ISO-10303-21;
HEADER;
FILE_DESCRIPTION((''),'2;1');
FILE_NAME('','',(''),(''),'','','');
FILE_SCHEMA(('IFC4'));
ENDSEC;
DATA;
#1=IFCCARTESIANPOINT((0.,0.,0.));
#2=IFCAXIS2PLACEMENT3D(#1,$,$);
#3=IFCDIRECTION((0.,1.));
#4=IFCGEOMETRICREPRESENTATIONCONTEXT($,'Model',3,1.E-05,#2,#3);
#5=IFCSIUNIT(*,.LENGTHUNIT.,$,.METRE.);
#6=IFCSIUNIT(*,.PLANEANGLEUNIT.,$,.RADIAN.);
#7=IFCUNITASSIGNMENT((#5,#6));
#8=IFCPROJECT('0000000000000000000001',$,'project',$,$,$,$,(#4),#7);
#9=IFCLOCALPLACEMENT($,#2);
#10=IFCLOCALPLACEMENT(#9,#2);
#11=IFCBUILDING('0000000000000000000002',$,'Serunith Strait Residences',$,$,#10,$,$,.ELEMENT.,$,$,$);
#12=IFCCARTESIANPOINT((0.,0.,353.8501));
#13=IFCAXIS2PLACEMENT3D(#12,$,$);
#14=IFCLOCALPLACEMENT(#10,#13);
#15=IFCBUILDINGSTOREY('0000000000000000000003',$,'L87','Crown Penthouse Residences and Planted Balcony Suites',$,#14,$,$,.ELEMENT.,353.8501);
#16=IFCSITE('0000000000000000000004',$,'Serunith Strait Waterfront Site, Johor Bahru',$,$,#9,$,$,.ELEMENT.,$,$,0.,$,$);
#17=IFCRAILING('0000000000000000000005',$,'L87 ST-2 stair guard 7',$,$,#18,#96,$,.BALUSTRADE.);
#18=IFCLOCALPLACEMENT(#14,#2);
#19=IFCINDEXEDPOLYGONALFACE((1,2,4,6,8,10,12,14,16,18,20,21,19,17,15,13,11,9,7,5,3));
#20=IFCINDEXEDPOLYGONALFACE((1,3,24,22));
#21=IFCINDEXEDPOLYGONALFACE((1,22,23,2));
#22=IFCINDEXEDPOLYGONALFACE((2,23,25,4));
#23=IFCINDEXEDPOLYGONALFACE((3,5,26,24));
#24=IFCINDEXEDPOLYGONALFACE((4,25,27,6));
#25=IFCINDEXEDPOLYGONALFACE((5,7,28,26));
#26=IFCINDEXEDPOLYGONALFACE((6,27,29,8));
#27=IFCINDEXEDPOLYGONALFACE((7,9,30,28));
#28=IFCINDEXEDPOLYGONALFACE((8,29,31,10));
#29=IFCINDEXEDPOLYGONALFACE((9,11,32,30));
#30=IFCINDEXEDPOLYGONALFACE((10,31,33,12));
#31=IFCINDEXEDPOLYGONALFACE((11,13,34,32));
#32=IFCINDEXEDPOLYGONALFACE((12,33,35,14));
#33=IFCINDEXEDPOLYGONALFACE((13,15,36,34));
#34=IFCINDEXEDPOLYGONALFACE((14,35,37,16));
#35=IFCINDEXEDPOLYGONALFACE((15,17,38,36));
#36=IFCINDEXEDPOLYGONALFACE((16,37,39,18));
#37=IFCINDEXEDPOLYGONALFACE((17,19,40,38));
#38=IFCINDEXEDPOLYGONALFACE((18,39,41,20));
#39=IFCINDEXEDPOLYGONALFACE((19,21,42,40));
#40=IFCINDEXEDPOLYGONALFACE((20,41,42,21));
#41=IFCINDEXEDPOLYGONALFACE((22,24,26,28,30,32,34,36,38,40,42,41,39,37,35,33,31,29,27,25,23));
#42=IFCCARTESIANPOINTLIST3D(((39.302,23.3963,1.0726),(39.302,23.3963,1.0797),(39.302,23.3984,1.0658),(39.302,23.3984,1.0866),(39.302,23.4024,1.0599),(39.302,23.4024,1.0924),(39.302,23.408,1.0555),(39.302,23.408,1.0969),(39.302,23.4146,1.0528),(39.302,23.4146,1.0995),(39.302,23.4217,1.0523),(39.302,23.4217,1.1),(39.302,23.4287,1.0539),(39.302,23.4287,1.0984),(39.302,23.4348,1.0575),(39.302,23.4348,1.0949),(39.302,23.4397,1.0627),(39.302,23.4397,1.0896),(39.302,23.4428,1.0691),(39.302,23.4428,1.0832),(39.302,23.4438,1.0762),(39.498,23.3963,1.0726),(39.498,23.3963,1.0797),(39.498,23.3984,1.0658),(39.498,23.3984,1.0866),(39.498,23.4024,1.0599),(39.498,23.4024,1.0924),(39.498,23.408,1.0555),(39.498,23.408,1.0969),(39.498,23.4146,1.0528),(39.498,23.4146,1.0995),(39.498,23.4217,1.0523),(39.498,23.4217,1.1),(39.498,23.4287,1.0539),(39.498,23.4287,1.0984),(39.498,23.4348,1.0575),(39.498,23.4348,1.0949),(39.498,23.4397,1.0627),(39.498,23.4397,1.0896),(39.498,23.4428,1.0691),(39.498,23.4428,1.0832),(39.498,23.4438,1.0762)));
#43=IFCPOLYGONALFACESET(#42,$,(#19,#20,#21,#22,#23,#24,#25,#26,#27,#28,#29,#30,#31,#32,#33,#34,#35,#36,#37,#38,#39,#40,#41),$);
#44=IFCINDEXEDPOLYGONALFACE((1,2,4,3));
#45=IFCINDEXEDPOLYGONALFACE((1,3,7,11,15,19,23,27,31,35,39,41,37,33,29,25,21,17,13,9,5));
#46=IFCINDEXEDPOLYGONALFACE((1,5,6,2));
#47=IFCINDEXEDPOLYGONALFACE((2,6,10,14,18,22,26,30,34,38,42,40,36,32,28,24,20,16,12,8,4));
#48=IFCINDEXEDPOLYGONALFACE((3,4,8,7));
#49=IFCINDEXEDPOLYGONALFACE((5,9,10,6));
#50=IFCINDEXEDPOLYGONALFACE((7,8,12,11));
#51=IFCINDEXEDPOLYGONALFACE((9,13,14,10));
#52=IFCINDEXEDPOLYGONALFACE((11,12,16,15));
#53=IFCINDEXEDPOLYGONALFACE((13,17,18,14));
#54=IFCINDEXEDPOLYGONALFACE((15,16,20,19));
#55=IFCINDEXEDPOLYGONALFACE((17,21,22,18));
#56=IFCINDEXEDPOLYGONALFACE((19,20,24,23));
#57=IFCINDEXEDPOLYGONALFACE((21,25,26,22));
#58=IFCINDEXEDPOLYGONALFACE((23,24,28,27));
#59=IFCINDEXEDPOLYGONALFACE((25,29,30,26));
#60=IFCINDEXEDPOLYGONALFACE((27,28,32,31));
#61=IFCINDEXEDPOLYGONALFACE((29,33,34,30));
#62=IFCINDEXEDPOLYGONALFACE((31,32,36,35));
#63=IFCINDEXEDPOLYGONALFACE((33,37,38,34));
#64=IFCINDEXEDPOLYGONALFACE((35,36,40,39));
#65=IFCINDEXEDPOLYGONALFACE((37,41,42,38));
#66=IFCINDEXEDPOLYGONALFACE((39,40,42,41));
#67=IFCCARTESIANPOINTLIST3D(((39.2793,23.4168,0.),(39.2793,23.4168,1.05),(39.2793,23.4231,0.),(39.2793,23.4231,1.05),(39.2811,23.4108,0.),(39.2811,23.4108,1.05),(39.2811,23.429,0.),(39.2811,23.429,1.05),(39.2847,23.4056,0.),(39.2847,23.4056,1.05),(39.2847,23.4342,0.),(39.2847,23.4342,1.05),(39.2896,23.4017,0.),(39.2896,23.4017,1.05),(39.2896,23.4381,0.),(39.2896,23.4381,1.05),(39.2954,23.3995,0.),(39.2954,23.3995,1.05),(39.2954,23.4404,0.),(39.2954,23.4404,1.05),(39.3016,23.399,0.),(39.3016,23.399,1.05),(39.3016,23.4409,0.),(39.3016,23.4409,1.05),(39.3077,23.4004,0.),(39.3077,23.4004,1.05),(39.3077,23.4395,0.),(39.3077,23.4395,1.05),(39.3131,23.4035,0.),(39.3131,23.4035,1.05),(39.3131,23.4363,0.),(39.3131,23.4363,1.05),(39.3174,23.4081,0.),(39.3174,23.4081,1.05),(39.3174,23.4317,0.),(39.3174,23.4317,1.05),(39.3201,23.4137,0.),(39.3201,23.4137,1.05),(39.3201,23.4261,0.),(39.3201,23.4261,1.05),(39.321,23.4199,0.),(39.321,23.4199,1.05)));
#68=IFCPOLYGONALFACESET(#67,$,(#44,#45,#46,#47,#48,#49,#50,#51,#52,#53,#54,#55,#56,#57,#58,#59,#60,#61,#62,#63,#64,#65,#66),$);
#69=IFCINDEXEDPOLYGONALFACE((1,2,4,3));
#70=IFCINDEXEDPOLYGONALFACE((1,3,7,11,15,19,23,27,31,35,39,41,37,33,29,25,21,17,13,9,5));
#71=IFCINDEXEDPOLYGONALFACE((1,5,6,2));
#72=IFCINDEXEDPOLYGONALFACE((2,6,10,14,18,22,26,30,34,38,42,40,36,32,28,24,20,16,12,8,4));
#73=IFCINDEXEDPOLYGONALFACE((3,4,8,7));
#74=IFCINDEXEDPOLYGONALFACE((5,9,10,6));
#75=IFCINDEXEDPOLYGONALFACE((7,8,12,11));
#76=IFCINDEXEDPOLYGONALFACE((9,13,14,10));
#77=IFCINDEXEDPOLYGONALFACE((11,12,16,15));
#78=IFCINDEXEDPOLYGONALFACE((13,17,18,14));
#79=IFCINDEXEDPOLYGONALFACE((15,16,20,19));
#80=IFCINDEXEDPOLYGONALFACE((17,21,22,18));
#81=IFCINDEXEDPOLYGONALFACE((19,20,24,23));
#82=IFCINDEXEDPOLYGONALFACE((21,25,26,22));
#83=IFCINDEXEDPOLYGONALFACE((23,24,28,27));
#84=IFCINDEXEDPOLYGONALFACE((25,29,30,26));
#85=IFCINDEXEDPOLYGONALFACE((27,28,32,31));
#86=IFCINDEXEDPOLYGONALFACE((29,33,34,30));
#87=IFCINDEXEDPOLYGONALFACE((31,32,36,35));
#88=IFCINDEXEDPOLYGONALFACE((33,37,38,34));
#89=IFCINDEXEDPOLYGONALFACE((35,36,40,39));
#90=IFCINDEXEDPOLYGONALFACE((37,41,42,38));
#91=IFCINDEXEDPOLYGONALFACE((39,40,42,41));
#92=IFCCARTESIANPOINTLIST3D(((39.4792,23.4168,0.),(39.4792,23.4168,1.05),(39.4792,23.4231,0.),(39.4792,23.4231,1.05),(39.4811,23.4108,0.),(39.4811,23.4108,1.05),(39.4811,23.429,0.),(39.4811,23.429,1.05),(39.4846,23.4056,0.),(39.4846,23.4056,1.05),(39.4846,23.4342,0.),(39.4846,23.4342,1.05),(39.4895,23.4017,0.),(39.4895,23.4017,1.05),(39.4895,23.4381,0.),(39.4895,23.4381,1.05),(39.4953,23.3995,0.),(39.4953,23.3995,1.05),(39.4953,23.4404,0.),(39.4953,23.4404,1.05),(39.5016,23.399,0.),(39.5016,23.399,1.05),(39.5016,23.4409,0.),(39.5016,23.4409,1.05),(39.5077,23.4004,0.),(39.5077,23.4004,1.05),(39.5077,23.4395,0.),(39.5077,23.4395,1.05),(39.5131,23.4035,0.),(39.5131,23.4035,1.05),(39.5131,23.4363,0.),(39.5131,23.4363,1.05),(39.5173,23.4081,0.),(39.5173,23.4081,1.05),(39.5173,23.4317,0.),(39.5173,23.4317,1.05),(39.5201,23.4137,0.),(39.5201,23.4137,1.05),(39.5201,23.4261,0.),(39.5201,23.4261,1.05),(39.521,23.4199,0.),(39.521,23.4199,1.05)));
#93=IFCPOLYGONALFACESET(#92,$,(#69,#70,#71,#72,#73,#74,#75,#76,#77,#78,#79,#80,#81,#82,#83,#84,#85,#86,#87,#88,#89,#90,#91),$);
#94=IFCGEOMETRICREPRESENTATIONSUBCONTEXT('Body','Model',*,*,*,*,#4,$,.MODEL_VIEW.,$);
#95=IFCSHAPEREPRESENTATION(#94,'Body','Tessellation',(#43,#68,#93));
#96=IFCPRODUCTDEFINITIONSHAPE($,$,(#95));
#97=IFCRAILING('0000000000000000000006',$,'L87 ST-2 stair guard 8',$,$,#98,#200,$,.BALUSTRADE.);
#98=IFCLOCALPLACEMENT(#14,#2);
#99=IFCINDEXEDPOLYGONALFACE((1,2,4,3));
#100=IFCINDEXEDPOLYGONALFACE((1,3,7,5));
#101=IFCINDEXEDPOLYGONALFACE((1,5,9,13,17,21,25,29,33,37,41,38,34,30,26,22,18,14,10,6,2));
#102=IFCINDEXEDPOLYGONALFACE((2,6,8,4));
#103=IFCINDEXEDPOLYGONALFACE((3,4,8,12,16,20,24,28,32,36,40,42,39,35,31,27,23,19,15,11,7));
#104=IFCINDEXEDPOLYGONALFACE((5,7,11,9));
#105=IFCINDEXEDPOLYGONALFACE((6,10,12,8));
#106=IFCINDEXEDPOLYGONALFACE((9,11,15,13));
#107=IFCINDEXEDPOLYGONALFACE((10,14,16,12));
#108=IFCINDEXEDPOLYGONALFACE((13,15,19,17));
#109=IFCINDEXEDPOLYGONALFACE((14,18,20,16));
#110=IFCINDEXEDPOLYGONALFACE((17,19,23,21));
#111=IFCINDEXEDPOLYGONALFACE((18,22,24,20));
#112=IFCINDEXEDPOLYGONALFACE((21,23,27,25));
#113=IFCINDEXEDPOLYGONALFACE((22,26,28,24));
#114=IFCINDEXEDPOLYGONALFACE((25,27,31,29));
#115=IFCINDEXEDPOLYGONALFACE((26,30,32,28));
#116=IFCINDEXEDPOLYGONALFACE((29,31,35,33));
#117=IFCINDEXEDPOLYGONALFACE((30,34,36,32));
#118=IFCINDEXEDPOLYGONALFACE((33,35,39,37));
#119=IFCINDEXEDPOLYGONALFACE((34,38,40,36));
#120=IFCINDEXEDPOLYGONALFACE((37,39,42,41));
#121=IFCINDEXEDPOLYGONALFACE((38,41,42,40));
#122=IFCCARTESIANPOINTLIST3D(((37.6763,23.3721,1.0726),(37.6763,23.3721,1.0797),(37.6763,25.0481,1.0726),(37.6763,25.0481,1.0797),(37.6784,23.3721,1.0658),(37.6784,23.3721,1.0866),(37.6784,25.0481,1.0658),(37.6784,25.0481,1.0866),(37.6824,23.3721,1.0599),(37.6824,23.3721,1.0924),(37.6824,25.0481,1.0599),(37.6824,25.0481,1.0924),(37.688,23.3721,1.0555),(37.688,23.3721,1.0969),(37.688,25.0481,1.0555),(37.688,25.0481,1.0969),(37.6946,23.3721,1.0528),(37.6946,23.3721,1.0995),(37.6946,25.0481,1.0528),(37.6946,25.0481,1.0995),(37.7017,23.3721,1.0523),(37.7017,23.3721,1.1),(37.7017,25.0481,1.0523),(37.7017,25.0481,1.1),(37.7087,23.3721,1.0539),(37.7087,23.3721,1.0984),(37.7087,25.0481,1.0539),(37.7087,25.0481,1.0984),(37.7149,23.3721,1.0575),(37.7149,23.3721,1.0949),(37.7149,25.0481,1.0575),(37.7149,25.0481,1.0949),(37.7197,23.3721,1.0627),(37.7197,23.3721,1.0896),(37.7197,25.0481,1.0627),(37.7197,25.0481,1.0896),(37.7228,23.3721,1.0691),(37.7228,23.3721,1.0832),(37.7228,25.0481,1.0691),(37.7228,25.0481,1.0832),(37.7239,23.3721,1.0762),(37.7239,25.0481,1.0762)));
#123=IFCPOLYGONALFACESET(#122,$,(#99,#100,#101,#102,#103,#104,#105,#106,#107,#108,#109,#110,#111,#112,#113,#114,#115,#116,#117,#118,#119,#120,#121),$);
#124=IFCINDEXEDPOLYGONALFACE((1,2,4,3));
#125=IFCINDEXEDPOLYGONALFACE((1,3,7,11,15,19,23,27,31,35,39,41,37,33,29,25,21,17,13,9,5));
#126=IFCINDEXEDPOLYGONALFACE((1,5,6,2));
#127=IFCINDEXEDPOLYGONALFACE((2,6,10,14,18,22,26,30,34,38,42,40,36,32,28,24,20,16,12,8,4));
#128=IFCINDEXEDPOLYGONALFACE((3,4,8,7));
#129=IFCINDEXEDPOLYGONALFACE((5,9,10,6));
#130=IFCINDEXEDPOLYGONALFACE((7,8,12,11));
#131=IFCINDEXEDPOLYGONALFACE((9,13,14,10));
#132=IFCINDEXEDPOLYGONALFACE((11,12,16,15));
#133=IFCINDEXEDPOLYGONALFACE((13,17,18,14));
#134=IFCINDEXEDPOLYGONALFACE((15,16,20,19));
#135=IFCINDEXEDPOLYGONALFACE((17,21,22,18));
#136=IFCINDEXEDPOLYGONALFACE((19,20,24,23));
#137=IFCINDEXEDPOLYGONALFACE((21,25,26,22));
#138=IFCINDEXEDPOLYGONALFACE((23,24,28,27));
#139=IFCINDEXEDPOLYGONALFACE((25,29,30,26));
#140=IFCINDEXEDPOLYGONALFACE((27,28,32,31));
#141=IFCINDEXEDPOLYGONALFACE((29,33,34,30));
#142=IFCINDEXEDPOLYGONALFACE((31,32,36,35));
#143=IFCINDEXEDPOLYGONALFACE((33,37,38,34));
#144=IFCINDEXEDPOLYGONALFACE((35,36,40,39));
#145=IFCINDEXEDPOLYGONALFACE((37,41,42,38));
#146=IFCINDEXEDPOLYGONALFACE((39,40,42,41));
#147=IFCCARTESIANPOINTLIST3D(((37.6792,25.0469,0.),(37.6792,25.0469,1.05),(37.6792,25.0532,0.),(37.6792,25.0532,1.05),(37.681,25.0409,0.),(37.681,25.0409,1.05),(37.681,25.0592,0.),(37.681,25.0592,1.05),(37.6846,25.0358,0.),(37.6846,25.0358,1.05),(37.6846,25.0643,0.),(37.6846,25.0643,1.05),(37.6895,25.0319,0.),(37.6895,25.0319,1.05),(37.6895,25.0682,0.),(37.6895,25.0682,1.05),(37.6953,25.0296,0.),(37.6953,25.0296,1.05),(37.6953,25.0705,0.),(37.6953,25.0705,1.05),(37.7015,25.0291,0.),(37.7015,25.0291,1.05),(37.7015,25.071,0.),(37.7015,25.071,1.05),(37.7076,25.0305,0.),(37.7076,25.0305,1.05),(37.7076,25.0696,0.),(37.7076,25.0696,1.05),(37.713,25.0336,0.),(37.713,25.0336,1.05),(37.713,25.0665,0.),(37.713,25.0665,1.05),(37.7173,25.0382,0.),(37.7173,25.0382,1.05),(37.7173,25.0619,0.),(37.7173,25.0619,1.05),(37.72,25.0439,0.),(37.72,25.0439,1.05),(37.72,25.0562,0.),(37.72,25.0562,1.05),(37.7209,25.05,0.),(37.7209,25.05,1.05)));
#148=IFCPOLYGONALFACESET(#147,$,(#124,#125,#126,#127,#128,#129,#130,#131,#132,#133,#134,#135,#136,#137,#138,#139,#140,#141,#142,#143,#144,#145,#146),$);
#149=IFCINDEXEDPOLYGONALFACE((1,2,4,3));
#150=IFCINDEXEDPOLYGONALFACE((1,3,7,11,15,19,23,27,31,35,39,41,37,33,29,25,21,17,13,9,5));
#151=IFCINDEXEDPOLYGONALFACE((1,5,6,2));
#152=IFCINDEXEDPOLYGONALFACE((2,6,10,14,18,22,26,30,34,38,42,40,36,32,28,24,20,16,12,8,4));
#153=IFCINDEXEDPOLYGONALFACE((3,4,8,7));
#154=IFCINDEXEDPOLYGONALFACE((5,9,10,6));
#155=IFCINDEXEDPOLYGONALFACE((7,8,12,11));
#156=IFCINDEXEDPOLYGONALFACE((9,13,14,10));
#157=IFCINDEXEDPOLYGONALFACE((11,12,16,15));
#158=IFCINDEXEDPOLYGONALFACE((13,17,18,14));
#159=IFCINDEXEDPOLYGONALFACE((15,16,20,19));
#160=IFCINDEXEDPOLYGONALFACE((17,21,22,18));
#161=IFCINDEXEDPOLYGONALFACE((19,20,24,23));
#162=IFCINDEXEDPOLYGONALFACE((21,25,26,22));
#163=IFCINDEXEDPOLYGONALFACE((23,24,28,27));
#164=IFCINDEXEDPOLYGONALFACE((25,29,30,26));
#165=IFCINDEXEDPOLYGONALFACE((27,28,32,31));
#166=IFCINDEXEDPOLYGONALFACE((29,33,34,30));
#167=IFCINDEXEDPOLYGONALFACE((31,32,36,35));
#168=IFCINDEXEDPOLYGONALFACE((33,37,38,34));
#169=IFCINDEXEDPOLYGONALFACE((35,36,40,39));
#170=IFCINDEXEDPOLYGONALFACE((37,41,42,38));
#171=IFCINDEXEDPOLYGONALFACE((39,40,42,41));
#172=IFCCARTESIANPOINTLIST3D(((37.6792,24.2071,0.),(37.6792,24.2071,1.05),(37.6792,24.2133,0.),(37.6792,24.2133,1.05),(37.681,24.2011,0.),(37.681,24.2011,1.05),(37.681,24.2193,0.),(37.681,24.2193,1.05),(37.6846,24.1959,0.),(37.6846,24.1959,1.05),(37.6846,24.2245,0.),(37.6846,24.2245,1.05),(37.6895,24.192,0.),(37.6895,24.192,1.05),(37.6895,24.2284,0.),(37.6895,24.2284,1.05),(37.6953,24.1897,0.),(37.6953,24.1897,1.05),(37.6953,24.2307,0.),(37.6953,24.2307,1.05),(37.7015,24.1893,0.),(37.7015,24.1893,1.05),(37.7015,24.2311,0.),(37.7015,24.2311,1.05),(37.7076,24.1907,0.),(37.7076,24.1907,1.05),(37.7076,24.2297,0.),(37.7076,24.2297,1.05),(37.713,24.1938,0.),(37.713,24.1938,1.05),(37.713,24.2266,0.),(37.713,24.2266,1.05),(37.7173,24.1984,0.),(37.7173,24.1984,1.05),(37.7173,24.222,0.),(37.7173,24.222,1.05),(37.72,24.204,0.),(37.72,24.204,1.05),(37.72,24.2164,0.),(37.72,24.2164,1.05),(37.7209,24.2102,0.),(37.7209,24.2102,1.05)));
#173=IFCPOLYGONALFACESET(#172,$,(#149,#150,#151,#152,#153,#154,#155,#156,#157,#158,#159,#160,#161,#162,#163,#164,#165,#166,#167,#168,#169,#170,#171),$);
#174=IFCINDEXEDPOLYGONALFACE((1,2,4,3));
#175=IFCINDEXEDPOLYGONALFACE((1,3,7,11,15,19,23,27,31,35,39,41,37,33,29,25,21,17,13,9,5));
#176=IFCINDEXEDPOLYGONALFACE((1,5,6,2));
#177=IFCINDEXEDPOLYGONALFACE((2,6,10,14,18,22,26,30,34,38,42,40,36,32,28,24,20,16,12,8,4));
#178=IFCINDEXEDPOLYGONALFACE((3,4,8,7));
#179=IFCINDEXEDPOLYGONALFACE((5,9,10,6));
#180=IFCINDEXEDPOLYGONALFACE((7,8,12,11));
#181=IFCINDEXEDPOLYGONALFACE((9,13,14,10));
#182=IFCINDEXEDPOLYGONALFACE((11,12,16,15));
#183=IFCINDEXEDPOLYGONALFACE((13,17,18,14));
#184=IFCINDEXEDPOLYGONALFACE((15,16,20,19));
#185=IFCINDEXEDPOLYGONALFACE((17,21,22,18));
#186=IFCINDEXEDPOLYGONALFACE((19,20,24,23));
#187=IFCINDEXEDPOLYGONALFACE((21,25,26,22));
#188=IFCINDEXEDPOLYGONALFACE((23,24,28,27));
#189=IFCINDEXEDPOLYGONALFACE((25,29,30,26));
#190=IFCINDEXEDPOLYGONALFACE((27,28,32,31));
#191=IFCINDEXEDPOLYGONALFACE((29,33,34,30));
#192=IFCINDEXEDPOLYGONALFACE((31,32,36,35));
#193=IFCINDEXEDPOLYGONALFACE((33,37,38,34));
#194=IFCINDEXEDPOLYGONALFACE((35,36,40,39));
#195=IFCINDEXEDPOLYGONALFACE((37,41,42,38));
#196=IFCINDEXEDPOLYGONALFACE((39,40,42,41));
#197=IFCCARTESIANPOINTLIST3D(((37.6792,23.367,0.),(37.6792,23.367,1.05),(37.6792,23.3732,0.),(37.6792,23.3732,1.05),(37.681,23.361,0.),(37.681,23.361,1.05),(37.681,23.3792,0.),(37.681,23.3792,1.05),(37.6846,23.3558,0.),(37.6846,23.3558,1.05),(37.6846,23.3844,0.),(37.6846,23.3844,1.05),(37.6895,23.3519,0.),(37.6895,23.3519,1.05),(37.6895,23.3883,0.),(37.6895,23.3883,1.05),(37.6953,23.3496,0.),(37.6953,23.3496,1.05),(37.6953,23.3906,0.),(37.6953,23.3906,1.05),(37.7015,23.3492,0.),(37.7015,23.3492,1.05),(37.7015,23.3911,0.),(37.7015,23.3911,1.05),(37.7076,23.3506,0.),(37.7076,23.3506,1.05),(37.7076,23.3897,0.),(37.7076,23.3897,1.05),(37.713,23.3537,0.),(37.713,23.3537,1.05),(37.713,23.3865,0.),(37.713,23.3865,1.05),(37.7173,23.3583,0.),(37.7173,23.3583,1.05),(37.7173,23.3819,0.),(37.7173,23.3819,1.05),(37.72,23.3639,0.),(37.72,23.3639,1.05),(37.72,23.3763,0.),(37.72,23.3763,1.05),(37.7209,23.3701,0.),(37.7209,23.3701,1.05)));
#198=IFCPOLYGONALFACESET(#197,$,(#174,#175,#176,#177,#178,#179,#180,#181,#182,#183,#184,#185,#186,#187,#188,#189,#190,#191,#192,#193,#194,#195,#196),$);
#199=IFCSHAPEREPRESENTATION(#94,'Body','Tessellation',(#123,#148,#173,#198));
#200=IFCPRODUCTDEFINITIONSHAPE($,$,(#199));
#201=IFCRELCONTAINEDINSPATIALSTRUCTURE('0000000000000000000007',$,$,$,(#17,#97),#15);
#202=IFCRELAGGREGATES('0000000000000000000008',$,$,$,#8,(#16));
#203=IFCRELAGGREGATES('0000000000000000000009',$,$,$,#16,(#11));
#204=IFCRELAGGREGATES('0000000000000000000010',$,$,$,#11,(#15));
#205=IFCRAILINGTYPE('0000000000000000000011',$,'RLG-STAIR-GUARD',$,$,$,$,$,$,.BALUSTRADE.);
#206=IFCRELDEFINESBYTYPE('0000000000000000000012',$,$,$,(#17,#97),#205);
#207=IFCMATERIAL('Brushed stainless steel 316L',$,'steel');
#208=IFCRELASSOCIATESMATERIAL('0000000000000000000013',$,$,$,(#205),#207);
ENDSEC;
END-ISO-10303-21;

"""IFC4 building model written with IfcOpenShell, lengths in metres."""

from ifc_helpers import new_model, si_unit, direction, frame, origin, origin_2d, place, context, subcontext, project, spatial, circle, extrude, material, type_object, element, save


model = new_model("IFC4")

# Units and contexts
model_context = context("Model", 3, precision=1e-05, world=origin(), true_north=direction((0.0, 1.0)))
body_context = subcontext(model_context, "Body", "Model", "MODEL_VIEW")
ifc_project = project(units=[si_unit("LENGTHUNIT", "METRE"), si_unit("PLANEANGLEUNIT", "RADIAN")], contexts=[model_context])

# Site, building, storey
site_placement = place(None, origin())
site = spatial("IfcSite", under=ifc_project, at=site_placement, Name="Serunith Strait Waterfront Site, Johor Bahru", CompositionType="ELEMENT", RefElevation=0.0)
building_placement = place(site_placement, origin())
building = spatial("IfcBuilding", under=site, at=building_placement, Name="Serunith Strait Residences", CompositionType="ELEMENT")
storey_placement = place(building_placement, frame((0.0, 0.0, 353.8501)))
storey = spatial("IfcBuildingStorey", under=building, at=storey_placement, Name="L87", Description="Crown Penthouse Residences and Planted Balcony Suites", CompositionType="ELEMENT", Elevation=353.8501)

# Railings
ifc_material_1 = material(Name="Brushed stainless steel 316L", Category="steel")
railing_type_1 = type_object("IfcRailingType", Name="RLG-STAIR-GUARD", PredefinedType="BALUSTRADE", material=ifc_material_1)
railing_1_placement = place(storey_placement, frame((39.3, 23.4199, 0.0)))
element("IfcRailing", 1, at=railing_1_placement, inside=storey, type_object=railing_type_1, Name="L87 ST-2 stair guard 7", PredefinedType="BALUSTRADE", context=body_context, shape_type="SweptSolid", body=[
    extrude(circle(Radius=0.0239, at=origin_2d()), frame((0.002, 0.0, 1.0762), z_axis=(1.0, 0.0, 0.0), x_axis=(0.0, 1.0, 0.0)), (0.0, 0.0, 1.0), 0.196),
    extrude(circle(Radius=0.021, at=origin_2d()), origin(), (0.0, 0.0, 1.0), 1.05),
    extrude(circle(Radius=0.021, at=origin_2d()), frame((0.2, 0.0, 0.0)), (0.0, 0.0, 1.0), 1.05),
])
railing_2_placement = place(storey_placement, frame((37.7, 25.05, 0.0)))
element("IfcRailing", 2, at=railing_2_placement, inside=storey, type_object=railing_type_1, Name="L87 ST-2 stair guard 8", PredefinedType="BALUSTRADE", context=body_context, shape_type="SweptSolid", body=[
    extrude(circle(Radius=0.0239, at=origin_2d()), frame((0.0, -0.002, 1.0762), z_axis=(0.0, -1.0, 0.0), x_axis=(1.0, 0.0, 0.0)), (0.0, 0.0, 1.0), 1.676),
    extrude(circle(Radius=0.021, at=origin_2d()), origin(), (0.0, 0.0, 1.0), 1.05),
    extrude(circle(Radius=0.021, at=origin_2d()), frame((0.0, -0.8398, 0.0)), (0.0, 0.0, 1.0), 1.05),
    extrude(circle(Radius=0.021, at=origin_2d()), frame((0.0, -1.6799, 0.0)), (0.0, 0.0, 1.0), 1.05),
])

save(model, "model.ifc")
